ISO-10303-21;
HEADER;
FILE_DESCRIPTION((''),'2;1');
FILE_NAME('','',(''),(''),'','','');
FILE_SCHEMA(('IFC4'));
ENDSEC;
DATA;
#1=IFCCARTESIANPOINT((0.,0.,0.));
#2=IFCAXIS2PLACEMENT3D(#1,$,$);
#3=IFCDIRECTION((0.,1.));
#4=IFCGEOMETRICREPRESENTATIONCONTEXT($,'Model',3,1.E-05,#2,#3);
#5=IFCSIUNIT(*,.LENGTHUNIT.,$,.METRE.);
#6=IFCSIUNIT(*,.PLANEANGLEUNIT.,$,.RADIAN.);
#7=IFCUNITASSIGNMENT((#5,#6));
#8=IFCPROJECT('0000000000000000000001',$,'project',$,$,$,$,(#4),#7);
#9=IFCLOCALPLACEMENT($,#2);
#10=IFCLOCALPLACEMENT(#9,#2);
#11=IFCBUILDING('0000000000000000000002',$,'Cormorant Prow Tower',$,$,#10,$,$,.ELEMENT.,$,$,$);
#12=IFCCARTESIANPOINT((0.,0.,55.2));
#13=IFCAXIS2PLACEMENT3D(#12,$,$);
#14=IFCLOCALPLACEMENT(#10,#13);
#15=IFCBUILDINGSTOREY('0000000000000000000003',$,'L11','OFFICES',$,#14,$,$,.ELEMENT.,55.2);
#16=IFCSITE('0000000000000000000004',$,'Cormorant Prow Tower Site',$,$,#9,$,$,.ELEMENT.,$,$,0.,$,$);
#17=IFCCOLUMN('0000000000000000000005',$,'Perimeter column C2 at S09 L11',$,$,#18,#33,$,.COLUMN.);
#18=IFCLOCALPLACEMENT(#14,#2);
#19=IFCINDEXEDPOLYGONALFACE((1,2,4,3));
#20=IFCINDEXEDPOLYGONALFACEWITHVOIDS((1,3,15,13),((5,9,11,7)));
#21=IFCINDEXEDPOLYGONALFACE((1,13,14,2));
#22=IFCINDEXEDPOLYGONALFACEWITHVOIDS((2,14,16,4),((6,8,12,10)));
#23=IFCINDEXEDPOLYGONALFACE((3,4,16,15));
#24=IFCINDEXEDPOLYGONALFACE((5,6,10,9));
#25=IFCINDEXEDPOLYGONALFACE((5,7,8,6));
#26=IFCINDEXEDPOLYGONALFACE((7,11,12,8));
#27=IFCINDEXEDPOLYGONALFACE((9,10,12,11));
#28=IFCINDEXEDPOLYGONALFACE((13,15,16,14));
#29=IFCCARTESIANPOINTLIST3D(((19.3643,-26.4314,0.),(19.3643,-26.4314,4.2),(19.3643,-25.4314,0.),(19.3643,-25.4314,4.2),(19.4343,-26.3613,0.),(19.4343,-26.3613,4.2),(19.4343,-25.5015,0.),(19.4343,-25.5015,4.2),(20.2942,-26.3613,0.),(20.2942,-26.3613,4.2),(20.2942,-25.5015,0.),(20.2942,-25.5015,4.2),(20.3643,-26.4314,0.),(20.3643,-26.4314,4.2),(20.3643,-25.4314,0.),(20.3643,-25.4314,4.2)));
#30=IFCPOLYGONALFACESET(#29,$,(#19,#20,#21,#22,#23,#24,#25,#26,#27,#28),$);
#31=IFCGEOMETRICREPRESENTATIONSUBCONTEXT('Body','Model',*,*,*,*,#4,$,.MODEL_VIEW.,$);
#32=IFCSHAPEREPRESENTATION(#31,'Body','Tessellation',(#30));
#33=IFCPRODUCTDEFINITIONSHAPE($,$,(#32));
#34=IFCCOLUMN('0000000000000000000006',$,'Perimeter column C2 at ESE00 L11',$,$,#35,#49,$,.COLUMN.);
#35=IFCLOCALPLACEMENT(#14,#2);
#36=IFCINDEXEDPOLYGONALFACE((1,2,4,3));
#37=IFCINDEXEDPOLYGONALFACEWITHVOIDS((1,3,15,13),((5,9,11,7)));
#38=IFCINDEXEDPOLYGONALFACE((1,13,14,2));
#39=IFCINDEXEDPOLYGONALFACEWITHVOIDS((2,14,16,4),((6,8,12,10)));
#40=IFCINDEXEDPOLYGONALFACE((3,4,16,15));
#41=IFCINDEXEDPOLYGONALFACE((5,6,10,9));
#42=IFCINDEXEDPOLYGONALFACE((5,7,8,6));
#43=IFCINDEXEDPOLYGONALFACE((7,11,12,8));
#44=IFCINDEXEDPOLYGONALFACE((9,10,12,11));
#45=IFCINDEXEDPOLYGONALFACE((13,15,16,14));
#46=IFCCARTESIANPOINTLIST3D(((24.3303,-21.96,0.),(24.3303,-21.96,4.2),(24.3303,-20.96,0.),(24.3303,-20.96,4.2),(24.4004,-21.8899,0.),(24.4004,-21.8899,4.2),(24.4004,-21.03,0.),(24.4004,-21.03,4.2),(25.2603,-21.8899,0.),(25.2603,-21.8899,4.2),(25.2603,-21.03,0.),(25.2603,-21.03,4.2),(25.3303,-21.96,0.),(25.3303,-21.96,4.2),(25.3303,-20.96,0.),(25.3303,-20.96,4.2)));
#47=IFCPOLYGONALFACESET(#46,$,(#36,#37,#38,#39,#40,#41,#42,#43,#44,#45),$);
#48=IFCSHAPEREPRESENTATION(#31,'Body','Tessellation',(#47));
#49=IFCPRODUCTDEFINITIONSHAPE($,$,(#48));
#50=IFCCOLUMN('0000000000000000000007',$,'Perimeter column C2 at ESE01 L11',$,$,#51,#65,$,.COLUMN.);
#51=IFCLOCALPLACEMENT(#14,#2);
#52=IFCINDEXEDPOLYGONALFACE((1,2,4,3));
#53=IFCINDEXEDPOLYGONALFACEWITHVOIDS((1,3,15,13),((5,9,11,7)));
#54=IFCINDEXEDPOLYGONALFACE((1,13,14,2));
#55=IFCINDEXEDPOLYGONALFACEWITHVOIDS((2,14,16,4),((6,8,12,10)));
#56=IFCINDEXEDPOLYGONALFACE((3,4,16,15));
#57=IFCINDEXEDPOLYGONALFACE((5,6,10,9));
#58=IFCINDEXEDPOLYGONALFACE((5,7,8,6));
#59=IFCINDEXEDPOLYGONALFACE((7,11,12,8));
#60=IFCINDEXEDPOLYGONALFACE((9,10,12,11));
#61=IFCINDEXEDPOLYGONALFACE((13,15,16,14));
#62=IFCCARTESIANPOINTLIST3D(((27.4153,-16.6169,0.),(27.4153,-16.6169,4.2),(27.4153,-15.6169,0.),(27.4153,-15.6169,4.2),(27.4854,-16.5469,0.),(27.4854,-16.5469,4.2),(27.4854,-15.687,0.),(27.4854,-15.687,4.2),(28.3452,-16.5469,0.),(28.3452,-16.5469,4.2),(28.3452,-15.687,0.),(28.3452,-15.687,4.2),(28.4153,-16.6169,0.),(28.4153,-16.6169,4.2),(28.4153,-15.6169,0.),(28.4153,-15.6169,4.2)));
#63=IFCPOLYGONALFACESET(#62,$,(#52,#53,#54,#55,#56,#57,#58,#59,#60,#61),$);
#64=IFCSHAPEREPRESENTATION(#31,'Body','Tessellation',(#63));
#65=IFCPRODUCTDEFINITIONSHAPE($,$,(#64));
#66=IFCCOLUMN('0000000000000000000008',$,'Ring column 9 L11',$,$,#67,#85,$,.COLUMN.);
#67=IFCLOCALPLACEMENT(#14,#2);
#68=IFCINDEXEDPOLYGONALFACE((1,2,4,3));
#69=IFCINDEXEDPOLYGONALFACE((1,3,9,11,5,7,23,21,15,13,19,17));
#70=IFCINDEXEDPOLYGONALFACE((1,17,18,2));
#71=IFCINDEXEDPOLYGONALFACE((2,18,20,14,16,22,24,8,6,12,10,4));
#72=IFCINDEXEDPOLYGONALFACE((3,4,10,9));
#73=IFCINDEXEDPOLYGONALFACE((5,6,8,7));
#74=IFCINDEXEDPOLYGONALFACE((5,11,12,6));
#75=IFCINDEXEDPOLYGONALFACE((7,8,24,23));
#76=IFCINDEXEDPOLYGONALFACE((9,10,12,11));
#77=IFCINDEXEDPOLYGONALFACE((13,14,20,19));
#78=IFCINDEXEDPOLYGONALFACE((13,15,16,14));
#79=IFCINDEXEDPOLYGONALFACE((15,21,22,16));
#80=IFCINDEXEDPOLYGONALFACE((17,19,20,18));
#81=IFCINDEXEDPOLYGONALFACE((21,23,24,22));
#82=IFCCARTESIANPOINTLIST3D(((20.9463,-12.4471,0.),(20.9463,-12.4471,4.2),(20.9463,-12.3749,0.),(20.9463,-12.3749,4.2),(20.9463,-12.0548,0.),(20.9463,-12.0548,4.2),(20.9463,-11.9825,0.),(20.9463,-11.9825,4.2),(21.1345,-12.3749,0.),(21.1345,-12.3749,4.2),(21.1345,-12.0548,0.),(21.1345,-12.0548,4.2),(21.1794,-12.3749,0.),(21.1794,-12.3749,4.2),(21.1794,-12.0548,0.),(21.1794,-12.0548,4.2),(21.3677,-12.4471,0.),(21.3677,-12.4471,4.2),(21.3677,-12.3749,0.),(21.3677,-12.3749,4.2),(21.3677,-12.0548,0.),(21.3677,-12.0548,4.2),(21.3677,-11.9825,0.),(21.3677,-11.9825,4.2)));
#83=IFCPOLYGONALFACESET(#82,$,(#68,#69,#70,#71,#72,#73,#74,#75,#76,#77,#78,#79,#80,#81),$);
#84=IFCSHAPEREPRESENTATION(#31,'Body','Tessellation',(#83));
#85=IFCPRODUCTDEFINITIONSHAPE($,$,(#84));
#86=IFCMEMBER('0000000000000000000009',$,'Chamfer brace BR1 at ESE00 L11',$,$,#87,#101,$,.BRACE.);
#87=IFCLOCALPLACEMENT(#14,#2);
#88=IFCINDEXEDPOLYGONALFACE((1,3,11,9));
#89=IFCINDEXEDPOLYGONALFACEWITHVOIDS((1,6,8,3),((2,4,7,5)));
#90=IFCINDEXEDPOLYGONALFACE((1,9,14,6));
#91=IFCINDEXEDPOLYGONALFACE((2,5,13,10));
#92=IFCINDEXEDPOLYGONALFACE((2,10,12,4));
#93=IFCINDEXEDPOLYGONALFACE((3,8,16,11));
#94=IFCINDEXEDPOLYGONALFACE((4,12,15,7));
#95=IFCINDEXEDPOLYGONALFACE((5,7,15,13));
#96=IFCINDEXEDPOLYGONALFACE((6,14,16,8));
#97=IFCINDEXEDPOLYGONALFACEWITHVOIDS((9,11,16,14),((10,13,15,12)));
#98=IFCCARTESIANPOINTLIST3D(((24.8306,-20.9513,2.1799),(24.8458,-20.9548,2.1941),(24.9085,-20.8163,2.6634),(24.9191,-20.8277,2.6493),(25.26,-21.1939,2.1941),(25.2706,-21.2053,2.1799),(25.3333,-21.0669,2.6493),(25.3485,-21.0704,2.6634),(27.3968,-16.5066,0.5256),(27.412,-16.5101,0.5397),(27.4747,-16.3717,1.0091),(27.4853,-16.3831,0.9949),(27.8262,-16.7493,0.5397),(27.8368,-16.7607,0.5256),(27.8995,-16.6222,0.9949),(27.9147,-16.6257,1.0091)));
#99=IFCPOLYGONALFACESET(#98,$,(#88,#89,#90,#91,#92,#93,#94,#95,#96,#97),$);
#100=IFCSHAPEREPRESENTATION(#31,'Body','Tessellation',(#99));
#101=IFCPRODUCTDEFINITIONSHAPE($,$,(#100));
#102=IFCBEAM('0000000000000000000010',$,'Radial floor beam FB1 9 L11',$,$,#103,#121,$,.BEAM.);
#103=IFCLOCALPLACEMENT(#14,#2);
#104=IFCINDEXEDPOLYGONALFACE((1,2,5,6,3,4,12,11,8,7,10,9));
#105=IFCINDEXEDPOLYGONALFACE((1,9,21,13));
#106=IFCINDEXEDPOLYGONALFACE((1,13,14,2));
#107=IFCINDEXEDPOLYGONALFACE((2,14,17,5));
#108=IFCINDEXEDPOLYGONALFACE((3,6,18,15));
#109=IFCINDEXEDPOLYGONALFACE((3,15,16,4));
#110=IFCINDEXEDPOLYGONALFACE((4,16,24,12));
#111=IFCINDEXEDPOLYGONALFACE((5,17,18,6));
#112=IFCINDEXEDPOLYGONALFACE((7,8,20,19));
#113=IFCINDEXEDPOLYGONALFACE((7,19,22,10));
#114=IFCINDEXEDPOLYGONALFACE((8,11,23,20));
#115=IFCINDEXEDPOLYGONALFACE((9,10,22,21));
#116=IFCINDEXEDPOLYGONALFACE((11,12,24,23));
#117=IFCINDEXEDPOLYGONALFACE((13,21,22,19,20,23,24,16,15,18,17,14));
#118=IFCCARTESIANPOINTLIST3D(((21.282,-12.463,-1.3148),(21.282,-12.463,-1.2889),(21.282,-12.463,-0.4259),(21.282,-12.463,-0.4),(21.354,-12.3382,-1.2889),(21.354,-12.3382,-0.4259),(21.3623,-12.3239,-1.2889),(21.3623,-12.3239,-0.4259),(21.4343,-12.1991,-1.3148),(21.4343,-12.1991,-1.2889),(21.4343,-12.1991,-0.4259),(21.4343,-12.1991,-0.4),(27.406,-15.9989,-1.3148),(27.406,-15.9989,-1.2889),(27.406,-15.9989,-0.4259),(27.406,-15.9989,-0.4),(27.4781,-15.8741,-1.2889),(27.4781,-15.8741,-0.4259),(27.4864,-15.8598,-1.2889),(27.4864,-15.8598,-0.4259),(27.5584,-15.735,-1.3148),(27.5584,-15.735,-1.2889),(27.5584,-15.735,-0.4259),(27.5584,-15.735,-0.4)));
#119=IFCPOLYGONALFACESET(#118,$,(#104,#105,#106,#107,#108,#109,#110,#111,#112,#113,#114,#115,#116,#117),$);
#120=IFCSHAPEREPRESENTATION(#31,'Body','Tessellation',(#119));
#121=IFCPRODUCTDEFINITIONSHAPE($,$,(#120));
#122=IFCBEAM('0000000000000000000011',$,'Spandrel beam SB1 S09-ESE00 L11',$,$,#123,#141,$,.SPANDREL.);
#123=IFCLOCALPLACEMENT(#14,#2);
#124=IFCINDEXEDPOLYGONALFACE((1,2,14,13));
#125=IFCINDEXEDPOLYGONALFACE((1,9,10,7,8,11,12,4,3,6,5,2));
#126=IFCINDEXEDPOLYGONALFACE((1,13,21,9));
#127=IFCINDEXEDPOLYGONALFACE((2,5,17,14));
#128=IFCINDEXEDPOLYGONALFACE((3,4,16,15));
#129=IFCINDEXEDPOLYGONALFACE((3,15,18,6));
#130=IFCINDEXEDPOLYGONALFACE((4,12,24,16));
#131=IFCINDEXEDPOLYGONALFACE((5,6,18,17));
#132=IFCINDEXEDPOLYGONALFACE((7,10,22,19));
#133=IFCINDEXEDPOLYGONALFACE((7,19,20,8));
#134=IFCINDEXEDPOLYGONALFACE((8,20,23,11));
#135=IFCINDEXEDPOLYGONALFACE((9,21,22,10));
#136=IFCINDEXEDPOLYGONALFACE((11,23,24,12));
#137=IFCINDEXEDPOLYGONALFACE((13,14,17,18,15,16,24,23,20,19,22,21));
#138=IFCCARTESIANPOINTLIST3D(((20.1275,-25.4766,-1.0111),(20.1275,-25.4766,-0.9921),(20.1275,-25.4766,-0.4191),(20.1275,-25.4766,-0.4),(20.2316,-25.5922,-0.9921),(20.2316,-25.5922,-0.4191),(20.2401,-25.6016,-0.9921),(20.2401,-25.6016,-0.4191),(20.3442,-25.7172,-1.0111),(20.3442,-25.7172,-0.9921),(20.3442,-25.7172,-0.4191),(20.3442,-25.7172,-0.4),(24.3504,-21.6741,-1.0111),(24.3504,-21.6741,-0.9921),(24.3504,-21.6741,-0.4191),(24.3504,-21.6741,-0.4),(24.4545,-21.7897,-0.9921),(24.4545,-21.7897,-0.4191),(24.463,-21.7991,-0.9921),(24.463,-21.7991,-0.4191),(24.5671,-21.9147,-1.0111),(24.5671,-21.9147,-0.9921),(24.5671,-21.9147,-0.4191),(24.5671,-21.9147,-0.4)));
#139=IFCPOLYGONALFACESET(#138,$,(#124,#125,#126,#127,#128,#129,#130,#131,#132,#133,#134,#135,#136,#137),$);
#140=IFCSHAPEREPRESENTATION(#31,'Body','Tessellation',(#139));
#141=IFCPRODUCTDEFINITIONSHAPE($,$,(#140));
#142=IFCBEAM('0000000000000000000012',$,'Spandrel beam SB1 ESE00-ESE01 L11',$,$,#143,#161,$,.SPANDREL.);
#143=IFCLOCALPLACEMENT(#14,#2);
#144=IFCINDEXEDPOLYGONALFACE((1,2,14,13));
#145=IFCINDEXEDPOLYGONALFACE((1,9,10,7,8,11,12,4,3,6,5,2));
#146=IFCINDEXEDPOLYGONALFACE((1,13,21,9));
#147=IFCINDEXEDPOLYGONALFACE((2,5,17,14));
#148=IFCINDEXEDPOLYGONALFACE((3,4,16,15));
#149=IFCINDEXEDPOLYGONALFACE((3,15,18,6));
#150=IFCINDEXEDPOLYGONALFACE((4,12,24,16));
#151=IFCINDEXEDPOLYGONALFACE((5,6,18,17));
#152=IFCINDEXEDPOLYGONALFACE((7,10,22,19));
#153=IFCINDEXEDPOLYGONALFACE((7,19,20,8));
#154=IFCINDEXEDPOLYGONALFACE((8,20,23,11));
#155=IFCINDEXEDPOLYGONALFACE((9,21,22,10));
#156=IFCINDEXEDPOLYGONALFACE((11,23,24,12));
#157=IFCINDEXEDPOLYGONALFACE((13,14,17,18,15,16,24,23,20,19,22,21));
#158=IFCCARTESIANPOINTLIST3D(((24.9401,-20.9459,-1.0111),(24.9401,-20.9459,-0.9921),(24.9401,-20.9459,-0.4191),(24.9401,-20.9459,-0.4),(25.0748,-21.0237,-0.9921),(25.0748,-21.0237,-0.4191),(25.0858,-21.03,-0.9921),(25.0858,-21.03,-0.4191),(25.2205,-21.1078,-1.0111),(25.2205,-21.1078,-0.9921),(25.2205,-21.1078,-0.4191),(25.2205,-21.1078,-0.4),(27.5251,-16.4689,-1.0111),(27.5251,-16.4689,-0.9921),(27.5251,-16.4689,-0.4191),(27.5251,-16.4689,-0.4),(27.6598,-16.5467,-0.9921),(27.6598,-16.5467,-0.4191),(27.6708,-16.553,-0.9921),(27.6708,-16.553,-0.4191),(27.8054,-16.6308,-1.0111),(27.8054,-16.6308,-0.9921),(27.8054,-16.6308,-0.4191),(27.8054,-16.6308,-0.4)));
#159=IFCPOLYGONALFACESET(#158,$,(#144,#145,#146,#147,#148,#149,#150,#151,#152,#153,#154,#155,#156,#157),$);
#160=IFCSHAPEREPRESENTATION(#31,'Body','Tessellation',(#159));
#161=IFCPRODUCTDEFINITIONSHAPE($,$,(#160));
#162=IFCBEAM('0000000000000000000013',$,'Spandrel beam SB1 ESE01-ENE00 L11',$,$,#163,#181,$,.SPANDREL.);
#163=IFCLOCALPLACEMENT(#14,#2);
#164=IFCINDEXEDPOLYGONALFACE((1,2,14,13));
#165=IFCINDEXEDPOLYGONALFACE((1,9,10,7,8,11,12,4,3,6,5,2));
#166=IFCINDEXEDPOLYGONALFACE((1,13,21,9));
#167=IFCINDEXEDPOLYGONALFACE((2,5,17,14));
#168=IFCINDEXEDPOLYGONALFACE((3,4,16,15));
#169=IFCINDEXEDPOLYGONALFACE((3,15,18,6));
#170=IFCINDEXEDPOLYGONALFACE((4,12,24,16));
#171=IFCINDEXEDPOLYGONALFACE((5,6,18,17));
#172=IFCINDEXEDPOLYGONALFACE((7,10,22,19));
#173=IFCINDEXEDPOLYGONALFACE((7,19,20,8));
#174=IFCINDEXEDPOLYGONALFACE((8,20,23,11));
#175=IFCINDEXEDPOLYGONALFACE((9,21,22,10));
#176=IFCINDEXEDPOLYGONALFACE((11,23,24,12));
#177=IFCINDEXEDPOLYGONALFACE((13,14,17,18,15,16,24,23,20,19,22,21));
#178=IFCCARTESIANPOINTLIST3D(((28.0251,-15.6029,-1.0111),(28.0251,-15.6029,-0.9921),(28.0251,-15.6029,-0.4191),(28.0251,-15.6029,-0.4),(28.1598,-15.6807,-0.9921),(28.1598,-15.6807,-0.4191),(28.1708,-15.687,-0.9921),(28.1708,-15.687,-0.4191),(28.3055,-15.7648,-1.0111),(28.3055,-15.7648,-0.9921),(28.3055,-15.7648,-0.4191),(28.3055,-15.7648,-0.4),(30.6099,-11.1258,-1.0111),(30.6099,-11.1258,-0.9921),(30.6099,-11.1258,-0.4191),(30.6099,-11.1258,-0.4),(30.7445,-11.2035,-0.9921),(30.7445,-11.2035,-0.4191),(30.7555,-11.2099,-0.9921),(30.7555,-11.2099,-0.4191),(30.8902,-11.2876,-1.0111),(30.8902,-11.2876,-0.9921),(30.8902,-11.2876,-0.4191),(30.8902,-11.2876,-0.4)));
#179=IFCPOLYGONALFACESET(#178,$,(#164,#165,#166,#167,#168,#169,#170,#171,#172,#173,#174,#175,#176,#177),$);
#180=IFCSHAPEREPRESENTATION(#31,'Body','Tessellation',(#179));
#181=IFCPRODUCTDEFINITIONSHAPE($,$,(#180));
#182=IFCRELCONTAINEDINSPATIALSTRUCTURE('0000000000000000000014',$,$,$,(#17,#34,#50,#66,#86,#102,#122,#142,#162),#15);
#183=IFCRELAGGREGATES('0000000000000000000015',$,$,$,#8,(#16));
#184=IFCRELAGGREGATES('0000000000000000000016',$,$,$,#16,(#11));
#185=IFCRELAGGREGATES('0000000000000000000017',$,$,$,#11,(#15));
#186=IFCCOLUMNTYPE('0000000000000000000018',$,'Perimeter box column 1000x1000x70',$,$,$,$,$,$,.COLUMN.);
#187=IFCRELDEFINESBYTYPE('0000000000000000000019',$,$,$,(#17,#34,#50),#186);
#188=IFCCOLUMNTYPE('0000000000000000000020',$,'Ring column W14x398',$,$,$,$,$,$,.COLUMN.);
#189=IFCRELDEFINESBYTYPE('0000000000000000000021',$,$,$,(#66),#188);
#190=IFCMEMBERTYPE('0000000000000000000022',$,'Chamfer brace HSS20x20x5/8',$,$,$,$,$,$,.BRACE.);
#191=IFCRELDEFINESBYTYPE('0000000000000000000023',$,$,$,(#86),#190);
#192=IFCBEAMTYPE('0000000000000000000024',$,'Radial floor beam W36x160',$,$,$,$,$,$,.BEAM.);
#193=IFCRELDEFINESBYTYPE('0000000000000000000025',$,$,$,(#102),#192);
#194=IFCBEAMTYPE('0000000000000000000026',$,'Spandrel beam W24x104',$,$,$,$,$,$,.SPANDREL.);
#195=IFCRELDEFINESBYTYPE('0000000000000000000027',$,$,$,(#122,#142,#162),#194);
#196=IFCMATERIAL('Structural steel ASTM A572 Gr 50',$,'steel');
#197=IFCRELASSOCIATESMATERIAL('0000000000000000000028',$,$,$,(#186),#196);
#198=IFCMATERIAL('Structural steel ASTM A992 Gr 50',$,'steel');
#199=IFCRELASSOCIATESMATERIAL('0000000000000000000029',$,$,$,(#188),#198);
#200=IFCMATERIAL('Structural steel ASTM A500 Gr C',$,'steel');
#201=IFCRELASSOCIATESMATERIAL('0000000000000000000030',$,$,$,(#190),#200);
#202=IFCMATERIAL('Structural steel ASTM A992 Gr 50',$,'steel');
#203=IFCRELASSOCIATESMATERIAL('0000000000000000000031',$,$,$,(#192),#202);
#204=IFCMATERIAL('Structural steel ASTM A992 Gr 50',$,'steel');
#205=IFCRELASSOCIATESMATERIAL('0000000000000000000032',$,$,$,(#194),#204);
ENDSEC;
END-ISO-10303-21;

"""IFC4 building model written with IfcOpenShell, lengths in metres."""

from ifc_helpers import new_model, si_unit, direction, frame, origin, origin_2d, place, context, subcontext, project, spatial, hollow_rectangle, i_section, extrude, material, material_profile, profile_set, type_object, element, save


model = new_model("IFC4")

# Units and contexts
model_context = context("Model", 3, precision=1e-05, world=origin(), true_north=direction((0.0, 1.0)))
body_context = subcontext(model_context, "Body", "Model", "MODEL_VIEW")
ifc_project = project(units=[si_unit("LENGTHUNIT", "METRE"), si_unit("PLANEANGLEUNIT", "RADIAN")], contexts=[model_context])

# Site, building, storey
site_placement = place(None, origin())
site = spatial("IfcSite", under=ifc_project, at=site_placement, Name="Cormorant Prow Tower Site", CompositionType="ELEMENT", RefElevation=0.0)
building_placement = place(site_placement, origin())
building = spatial("IfcBuilding", under=site, at=building_placement, Name="Cormorant Prow Tower", CompositionType="ELEMENT")
storey_placement = place(building_placement, frame((0.0, 0.0, 55.2)))
storey = spatial("IfcBuildingStorey", under=building, at=storey_placement, Name="L11", Description="OFFICES", CompositionType="ELEMENT", Elevation=55.2)

# Columns
ifc_material_1 = material(Name="Structural steel ASTM A572 Gr 50", Category="steel")
ifc_material_profile_1 = material_profile(ifc_material_1, hollow_rectangle(XDim=1.0, YDim=1.0, WallThickness=0.0701, at=origin_2d()), Name="Box 1000x1000x70")
ifc_profile_set_1 = profile_set([ifc_material_profile_1], Name="Structural steel ASTM A572 Gr 50")
column_type_1 = type_object("IfcColumnType", Name="Perimeter box column 1000x1000x70", PredefinedType="COLUMN", material=ifc_profile_set_1)
for number, where, z_axis, x_axis, name in (
    (1, (19.8643, -25.9314, 0.0), (0.0, 0.0, 1.0), (1.0, 0.0, 0.0), "Perimeter column C2 at S09 L11"),
    (2, (24.8303, -21.46, 0.0), (0.0, 0.0, 1.0), (1.0, 0.0, 0.0), "Perimeter column C2 at ESE00 L11"),
    (3, (27.9153, -16.1169, 0.0), (0.0, 0.0, 1.0), (1.0, 0.0, 0.0), "Perimeter column C2 at ESE01 L11"),
):
    element("IfcColumn", number, at=place(storey_placement, frame(where, z_axis=z_axis, x_axis=x_axis)), inside=storey, type_object=column_type_1, Name=name, PredefinedType="COLUMN", context=body_context, shape_type="SweptSolid", body=[
        extrude(hollow_rectangle(XDim=1.0, YDim=1.0, WallThickness=0.0701, at=origin_2d()), origin(), (0.0, 0.0, 1.0), 4.2),
    ])
ifc_material_2 = material(Name="Structural steel ASTM A992 Gr 50", Category="steel")
ifc_material_profile_2 = material_profile(ifc_material_2, i_section(OverallWidth=0.4214, OverallDepth=0.4646, WebThickness=0.0449, FlangeThickness=0.0723, at=origin_2d()), Name="W14x398")
ifc_profile_set_2 = profile_set([ifc_material_profile_2], Name="Structural steel ASTM A992 Gr 50")
column_type_2 = type_object("IfcColumnType", Name="Ring column W14x398", PredefinedType="COLUMN", material=ifc_profile_set_2)
column_placement = place(storey_placement, frame((21.157, -12.2148, 0.0), z_axis=(0.0, 0.0, 1.0), x_axis=(1.0, 0.0, 0.0)))
element("IfcColumn", 4, at=column_placement, inside=storey, type_object=column_type_2, Name="Ring column 9 L11", PredefinedType="COLUMN", context=body_context, shape_type="SweptSolid", body=[
    extrude(i_section(OverallWidth=0.4214, OverallDepth=0.4646, WebThickness=0.0449, FlangeThickness=0.0723, at=origin_2d()), origin(), (0.0, 0.0, 1.0), 4.2),
])

# Member
ifc_material_3 = material(Name="Structural steel ASTM A500 Gr C", Category="steel")
ifc_material_profile_3 = material_profile(ifc_material_3, hollow_rectangle(XDim=0.5081, YDim=0.5081, WallThickness=0.0149, at=origin_2d()), Name="HSS20x20x5/8")
ifc_profile_set_3 = profile_set([ifc_material_profile_3], Name="Structural steel ASTM A500 Gr C")
member_type = type_object("IfcMemberType", Name="Chamfer brace HSS20x20x5/8", PredefinedType="BRACE", material=ifc_profile_set_3)
member_placement = place(storey_placement, frame((27.6558, -16.5662, 0.7673), z_axis=(-0.4759, -0.824256, 0.306793), x_axis=(0.866018, -0.500012, 0.0)))
element("IfcMember", 5, at=member_placement, inside=storey, type_object=member_type, Name="Chamfer brace BR1 at ESE00 L11", PredefinedType="BRACE", context=body_context, shape_type="SweptSolid", body=[
    extrude(hollow_rectangle(XDim=0.5081, YDim=0.5081, WallThickness=0.0149, at=origin_2d()), origin(), (0.0, 0.0, 1.0), 5.3923),
])

# Beams
ifc_material_4 = material(Name="Structural steel ASTM A992 Gr 50", Category="steel")
ifc_material_profile_4 = material_profile(ifc_material_4, i_section(OverallWidth=0.3047, OverallDepth=0.9148, WebThickness=0.0166, FlangeThickness=0.0259, at=origin_2d()), Name="W36x160")
ifc_profile_set_4 = profile_set([ifc_material_profile_4], Name="Structural steel ASTM A992 Gr 50")
beam_type_1 = type_object("IfcBeamType", Name="Radial floor beam W36x160", PredefinedType="BEAM", material=ifc_profile_set_4)
beam_1_placement = place(storey_placement, frame((21.3582, -12.3311, -0.8574), z_axis=(0.866014, -0.500019, 0.0), x_axis=(0.500019, 0.866014, 0.0)))
element("IfcBeam", 6, at=beam_1_placement, inside=storey, type_object=beam_type_1, Name="Radial floor beam FB1 9 L11", PredefinedType="BEAM", context=body_context, shape_type="SweptSolid", body=[
    extrude(i_section(OverallWidth=0.3047, OverallDepth=0.9148, WebThickness=0.0166, FlangeThickness=0.0259, at=origin_2d()), origin(), (0.0, 0.0, 1.0), 7.0715),
])
ifc_material_5 = material(Name="Structural steel ASTM A992 Gr 50", Category="steel")
ifc_material_profile_5 = material_profile(ifc_material_5, i_section(OverallWidth=0.3237, OverallDepth=0.6111, WebThickness=0.0127, FlangeThickness=0.019, at=origin_2d()), Name="W24x104")
ifc_profile_set_5 = profile_set([ifc_material_profile_5], Name="Structural steel ASTM A992 Gr 50")
beam_type_2 = type_object("IfcBeamType", Name="Spandrel beam W24x104", PredefinedType="SPANDREL", material=ifc_profile_set_5)
beam_2_placement = place(storey_placement, frame((20.2358, -25.5969, -0.7056), z_axis=(0.74313, 0.669147, 0.0), x_axis=(-0.669147, 0.74313, 0.0)))
element("IfcBeam", 7, at=beam_2_placement, inside=storey, type_object=beam_type_2, Name="Spandrel beam SB1 S09-ESE00 L11", PredefinedType="SPANDREL", context=body_context, shape_type="SweptSolid", body=[
    extrude(i_section(OverallWidth=0.3237, OverallDepth=0.6111, WebThickness=0.0127, FlangeThickness=0.019, at=origin_2d()), origin(), (0.0, 0.0, 1.0), 5.6826),
])
for number, where, z_axis, x_axis, name in (
    (8, (25.0803, -21.0269, -0.7056), (0.50002, 0.866014, 0.0), (-0.866014, 0.50002, 0.0), "Spandrel beam SB1 ESE00-ESE01 L11"),
    (9, (28.1653, -15.6838, -0.7056), (0.499984, 0.866035, 0.0), (-0.866035, 0.499984, 0.0), "Spandrel beam SB1 ESE01-ENE00 L11"),
):
    element("IfcBeam", number, at=place(storey_placement, frame(where, z_axis=z_axis, x_axis=x_axis)), inside=storey, type_object=beam_type_2, Name=name, PredefinedType="SPANDREL", context=body_context, shape_type="SweptSolid", body=[
        extrude(i_section(OverallWidth=0.3237, OverallDepth=0.6111, WebThickness=0.0127, FlangeThickness=0.019, at=origin_2d()), origin(), (0.0, 0.0, 1.0), 5.1697),
    ])

save(model, "model.ifc")
